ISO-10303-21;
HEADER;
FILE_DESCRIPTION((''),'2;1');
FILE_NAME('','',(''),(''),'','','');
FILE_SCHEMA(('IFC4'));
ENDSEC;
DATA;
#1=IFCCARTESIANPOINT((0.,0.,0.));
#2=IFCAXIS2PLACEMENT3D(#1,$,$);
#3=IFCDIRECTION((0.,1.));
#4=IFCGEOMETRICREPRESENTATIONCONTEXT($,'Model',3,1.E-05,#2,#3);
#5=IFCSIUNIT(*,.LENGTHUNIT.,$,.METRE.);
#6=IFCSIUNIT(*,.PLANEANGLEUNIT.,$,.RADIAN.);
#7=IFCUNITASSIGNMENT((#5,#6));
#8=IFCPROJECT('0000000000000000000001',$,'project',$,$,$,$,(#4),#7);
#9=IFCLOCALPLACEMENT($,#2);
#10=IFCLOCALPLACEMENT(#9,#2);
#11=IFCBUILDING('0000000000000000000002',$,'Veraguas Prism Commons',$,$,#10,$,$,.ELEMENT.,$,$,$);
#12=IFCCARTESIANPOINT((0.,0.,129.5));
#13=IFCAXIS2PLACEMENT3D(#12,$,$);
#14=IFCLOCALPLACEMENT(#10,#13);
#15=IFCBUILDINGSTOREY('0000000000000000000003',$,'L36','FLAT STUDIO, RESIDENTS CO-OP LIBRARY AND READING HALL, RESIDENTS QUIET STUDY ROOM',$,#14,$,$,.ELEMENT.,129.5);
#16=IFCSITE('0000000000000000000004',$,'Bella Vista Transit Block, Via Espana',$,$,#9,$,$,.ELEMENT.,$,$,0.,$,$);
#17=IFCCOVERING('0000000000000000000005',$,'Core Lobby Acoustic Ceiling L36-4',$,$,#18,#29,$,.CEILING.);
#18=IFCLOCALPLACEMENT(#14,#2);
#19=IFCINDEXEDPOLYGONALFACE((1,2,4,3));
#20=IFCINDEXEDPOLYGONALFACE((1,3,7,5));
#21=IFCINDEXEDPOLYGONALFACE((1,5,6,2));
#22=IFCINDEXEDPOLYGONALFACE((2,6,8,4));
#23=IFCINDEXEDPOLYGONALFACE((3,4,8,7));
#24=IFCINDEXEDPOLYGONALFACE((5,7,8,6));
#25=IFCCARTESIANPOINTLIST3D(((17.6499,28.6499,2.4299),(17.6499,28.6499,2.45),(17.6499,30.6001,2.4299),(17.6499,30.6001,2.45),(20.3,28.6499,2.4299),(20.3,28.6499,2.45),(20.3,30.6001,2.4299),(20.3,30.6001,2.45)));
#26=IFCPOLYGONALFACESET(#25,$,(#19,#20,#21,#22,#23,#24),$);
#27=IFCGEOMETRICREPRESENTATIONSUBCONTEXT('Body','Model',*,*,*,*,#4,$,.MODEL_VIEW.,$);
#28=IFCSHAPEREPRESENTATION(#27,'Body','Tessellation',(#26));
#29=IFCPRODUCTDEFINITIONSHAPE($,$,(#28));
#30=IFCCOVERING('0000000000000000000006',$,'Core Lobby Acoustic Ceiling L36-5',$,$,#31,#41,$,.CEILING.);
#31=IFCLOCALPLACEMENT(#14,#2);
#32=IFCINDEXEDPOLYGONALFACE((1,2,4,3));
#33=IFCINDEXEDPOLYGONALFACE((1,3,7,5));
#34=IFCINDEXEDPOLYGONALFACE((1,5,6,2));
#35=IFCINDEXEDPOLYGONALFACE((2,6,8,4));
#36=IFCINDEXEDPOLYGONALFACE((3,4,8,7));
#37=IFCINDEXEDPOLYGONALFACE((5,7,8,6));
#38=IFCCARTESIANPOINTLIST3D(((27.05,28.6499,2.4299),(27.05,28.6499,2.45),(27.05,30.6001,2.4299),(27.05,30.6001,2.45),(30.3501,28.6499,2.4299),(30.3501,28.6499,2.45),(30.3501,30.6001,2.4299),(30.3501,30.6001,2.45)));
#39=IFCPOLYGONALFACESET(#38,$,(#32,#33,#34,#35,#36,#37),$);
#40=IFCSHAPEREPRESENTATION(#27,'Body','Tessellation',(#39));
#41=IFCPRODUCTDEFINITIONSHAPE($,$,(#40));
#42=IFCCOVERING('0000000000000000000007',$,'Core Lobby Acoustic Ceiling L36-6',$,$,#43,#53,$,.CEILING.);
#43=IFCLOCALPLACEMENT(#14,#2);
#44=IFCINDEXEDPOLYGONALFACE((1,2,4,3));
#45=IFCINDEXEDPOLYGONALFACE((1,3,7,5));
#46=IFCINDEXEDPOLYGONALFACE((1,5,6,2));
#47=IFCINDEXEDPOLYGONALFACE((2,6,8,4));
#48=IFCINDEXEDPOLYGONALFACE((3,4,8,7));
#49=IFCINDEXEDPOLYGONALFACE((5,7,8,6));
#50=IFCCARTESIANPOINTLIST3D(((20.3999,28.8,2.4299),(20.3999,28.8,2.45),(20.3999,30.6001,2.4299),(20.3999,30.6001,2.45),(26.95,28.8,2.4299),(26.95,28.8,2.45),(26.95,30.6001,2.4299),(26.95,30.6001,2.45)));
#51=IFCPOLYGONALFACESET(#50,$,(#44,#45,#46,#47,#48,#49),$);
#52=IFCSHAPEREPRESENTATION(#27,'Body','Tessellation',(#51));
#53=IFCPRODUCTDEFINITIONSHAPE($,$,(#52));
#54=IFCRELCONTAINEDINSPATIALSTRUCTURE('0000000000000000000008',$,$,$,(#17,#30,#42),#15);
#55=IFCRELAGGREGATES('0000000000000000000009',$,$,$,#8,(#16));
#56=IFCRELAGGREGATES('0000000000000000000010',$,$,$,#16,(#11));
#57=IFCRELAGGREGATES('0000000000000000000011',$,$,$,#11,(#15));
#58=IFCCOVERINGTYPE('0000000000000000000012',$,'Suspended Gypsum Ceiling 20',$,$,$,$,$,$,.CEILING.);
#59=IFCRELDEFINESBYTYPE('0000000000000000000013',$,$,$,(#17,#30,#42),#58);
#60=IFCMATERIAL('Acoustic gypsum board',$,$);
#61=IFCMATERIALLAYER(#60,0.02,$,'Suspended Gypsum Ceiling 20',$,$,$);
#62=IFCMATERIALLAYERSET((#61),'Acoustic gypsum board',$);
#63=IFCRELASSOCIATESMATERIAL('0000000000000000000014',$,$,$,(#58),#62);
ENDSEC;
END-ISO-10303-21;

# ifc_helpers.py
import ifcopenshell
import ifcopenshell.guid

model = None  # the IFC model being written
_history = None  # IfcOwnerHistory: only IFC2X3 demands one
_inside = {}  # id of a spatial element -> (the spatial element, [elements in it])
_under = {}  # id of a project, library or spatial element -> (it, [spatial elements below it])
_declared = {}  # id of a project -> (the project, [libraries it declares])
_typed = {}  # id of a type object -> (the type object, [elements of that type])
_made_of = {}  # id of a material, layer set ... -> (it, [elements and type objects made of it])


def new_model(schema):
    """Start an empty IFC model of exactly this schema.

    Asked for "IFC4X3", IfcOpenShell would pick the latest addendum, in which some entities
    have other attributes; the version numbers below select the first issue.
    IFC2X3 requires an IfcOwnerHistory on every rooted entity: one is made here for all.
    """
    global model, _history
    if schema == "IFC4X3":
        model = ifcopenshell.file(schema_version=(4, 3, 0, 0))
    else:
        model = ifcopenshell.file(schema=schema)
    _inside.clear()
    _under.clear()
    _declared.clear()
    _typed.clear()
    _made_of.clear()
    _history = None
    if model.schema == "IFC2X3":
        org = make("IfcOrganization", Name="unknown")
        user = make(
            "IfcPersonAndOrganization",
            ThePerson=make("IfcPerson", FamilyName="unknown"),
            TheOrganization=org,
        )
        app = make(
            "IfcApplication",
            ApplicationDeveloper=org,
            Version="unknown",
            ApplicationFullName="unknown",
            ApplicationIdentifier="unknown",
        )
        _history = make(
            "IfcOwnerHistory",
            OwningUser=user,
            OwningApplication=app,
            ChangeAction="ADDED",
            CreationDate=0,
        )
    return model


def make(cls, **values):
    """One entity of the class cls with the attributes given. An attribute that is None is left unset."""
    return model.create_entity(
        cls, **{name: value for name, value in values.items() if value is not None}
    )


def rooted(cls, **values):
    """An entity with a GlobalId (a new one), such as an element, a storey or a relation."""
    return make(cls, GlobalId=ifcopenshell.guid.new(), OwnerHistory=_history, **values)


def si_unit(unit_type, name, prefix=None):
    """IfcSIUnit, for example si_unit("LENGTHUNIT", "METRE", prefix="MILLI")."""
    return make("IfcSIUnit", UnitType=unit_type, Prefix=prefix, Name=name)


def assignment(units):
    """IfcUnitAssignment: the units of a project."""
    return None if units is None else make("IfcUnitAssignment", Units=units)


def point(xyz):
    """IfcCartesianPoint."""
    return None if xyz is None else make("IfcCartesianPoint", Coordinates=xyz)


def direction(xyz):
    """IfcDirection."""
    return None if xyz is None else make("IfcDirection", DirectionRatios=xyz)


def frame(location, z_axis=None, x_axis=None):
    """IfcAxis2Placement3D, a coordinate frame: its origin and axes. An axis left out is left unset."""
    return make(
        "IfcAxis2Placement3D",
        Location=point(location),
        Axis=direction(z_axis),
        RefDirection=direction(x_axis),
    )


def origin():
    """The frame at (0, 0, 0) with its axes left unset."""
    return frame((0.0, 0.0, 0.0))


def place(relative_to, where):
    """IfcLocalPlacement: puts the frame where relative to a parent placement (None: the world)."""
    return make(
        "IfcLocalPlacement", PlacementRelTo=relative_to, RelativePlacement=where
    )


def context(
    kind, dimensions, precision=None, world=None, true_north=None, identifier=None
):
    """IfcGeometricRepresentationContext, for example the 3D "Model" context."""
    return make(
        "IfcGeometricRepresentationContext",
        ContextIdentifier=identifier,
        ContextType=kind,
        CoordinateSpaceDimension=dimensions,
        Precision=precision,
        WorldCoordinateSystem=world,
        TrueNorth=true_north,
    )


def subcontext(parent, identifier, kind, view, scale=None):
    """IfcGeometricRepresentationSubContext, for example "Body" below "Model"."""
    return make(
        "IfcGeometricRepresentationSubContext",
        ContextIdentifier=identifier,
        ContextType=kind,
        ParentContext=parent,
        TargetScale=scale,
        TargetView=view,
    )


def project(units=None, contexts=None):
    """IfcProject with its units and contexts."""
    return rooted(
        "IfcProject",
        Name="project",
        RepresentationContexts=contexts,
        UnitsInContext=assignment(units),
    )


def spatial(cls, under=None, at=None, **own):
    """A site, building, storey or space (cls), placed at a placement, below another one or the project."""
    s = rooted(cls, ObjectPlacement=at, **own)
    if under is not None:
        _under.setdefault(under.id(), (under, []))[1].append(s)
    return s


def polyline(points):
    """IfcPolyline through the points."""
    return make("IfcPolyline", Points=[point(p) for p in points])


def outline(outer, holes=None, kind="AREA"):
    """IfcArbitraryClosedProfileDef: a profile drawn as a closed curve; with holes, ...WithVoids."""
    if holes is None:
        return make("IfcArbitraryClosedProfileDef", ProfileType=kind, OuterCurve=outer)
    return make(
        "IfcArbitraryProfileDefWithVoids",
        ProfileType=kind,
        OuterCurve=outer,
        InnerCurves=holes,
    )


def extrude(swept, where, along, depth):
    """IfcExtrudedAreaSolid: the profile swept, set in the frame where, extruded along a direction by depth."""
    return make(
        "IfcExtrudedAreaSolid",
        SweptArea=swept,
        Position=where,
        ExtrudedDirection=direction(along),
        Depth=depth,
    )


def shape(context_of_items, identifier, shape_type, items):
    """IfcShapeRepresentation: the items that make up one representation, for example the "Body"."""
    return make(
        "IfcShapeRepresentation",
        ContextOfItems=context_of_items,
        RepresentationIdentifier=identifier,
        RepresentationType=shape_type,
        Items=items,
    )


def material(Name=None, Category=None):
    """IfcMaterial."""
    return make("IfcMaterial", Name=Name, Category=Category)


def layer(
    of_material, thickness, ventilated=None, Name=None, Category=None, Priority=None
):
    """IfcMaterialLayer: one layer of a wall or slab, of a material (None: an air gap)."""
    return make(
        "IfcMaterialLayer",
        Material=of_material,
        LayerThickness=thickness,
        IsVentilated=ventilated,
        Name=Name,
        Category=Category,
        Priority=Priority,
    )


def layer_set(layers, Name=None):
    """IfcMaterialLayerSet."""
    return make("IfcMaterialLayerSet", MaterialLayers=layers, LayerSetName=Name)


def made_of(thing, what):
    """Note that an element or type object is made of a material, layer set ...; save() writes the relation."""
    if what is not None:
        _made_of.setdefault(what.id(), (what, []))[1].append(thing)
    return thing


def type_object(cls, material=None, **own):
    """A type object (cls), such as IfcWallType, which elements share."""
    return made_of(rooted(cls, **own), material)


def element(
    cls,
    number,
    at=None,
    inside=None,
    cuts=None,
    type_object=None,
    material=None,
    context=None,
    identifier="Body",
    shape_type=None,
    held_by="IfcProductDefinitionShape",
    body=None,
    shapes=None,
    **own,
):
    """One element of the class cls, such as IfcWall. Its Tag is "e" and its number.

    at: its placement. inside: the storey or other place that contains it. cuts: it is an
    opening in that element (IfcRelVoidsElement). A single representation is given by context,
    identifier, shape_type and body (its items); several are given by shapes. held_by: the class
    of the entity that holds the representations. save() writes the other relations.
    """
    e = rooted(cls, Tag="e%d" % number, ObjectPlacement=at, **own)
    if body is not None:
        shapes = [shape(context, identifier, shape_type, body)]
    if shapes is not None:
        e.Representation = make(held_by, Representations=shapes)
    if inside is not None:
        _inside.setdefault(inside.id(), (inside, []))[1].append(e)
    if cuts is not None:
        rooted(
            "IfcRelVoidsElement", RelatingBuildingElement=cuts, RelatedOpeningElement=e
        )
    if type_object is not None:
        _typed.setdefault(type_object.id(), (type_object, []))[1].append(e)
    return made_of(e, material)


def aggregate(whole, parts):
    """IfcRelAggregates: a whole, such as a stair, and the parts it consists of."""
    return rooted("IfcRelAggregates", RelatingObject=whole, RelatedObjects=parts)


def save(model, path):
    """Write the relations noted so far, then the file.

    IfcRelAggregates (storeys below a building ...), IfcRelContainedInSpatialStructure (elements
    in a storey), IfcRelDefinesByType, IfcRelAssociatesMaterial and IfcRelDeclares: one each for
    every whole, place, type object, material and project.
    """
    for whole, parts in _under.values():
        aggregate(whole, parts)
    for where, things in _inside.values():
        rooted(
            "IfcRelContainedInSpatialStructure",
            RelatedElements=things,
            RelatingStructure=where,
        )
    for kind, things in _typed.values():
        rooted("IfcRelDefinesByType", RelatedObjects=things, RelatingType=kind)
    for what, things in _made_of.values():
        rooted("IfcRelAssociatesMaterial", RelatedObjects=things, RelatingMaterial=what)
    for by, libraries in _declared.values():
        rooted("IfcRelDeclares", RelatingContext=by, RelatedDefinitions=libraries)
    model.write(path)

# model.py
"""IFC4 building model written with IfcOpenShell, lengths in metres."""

from ifc_helpers import new_model, si_unit, direction, frame, origin, place, context, subcontext, project, spatial, polyline, outline, extrude, material, layer, layer_set, type_object, element, save


model = new_model("IFC4")

# Units and contexts
model_context = context("Model", 3, precision=1e-05, world=origin(), true_north=direction((0.0, 1.0)))
body_context = subcontext(model_context, "Body", "Model", "MODEL_VIEW")
ifc_project = project(units=[si_unit("LENGTHUNIT", "METRE"), si_unit("PLANEANGLEUNIT", "RADIAN")], contexts=[model_context])

# Site, building, storey
site_placement = place(None, origin())
site = spatial("IfcSite", under=ifc_project, at=site_placement, Name="Bella Vista Transit Block, Via Espana", CompositionType="ELEMENT", RefElevation=0.0)
building_placement = place(site_placement, origin())
building = spatial("IfcBuilding", under=site, at=building_placement, Name="Veraguas Prism Commons", CompositionType="ELEMENT")
storey_placement = place(building_placement, frame((0.0, 0.0, 129.5)))
storey = spatial("IfcBuildingStorey", under=building, at=storey_placement, Name="L36", Description="FLAT STUDIO, RESIDENTS CO-OP LIBRARY AND READING HALL, RESIDENTS QUIET STUDY ROOM", CompositionType="ELEMENT", Elevation=129.5)

# Coverings
ifc_material_1 = material(Name="Acoustic gypsum board")
ifc_layer_1 = layer(ifc_material_1, 0.02, Name="Suspended Gypsum Ceiling 20")
ifc_layer_set_1 = layer_set([ifc_layer_1], Name="Acoustic gypsum board")
covering_type_1 = type_object("IfcCoveringType", Name="Suspended Gypsum Ceiling 20", PredefinedType="CEILING", material=ifc_layer_set_1)
covering_1_placement = place(storey_placement, frame((0.0, 0.0, 2.4299)))
element("IfcCovering", 1, at=covering_1_placement, inside=storey, type_object=covering_type_1, Name="Core Lobby Acoustic Ceiling L36-4", PredefinedType="CEILING", context=body_context, shape_type="SweptSolid", body=[
    extrude(outline(polyline([(17.6499, 28.6499), (20.3, 28.6499), (20.3, 30.6001), (17.6499, 30.6001), (17.6499, 28.6499)])), origin(), (0.0, 0.0, 1.0), 0.02),
])
covering_2_placement = place(storey_placement, frame((0.0, 0.0, 2.4299)))
element("IfcCovering", 2, at=covering_2_placement, inside=storey, type_object=covering_type_1, Name="Core Lobby Acoustic Ceiling L36-5", PredefinedType="CEILING", context=body_context, shape_type="SweptSolid", body=[
    extrude(outline(polyline([(27.05, 28.6499), (30.3501, 28.6499), (30.3501, 30.6001), (27.05, 30.6001), (27.05, 28.6499)])), origin(), (0.0, 0.0, 1.0), 0.02),
])
covering_3_placement = place(storey_placement, frame((0.0, 0.0, 2.4299)))
element("IfcCovering", 3, at=covering_3_placement, inside=storey, type_object=covering_type_1, Name="Core Lobby Acoustic Ceiling L36-6", PredefinedType="CEILING", context=body_context, shape_type="SweptSolid", body=[
    extrude(outline(polyline([(20.3999, 28.8), (26.95, 28.8), (26.95, 30.6001), (20.3999, 30.6001), (20.3999, 28.8)])), origin(), (0.0, 0.0, 1.0), 0.02),
])

save(model, "model.ifc")
